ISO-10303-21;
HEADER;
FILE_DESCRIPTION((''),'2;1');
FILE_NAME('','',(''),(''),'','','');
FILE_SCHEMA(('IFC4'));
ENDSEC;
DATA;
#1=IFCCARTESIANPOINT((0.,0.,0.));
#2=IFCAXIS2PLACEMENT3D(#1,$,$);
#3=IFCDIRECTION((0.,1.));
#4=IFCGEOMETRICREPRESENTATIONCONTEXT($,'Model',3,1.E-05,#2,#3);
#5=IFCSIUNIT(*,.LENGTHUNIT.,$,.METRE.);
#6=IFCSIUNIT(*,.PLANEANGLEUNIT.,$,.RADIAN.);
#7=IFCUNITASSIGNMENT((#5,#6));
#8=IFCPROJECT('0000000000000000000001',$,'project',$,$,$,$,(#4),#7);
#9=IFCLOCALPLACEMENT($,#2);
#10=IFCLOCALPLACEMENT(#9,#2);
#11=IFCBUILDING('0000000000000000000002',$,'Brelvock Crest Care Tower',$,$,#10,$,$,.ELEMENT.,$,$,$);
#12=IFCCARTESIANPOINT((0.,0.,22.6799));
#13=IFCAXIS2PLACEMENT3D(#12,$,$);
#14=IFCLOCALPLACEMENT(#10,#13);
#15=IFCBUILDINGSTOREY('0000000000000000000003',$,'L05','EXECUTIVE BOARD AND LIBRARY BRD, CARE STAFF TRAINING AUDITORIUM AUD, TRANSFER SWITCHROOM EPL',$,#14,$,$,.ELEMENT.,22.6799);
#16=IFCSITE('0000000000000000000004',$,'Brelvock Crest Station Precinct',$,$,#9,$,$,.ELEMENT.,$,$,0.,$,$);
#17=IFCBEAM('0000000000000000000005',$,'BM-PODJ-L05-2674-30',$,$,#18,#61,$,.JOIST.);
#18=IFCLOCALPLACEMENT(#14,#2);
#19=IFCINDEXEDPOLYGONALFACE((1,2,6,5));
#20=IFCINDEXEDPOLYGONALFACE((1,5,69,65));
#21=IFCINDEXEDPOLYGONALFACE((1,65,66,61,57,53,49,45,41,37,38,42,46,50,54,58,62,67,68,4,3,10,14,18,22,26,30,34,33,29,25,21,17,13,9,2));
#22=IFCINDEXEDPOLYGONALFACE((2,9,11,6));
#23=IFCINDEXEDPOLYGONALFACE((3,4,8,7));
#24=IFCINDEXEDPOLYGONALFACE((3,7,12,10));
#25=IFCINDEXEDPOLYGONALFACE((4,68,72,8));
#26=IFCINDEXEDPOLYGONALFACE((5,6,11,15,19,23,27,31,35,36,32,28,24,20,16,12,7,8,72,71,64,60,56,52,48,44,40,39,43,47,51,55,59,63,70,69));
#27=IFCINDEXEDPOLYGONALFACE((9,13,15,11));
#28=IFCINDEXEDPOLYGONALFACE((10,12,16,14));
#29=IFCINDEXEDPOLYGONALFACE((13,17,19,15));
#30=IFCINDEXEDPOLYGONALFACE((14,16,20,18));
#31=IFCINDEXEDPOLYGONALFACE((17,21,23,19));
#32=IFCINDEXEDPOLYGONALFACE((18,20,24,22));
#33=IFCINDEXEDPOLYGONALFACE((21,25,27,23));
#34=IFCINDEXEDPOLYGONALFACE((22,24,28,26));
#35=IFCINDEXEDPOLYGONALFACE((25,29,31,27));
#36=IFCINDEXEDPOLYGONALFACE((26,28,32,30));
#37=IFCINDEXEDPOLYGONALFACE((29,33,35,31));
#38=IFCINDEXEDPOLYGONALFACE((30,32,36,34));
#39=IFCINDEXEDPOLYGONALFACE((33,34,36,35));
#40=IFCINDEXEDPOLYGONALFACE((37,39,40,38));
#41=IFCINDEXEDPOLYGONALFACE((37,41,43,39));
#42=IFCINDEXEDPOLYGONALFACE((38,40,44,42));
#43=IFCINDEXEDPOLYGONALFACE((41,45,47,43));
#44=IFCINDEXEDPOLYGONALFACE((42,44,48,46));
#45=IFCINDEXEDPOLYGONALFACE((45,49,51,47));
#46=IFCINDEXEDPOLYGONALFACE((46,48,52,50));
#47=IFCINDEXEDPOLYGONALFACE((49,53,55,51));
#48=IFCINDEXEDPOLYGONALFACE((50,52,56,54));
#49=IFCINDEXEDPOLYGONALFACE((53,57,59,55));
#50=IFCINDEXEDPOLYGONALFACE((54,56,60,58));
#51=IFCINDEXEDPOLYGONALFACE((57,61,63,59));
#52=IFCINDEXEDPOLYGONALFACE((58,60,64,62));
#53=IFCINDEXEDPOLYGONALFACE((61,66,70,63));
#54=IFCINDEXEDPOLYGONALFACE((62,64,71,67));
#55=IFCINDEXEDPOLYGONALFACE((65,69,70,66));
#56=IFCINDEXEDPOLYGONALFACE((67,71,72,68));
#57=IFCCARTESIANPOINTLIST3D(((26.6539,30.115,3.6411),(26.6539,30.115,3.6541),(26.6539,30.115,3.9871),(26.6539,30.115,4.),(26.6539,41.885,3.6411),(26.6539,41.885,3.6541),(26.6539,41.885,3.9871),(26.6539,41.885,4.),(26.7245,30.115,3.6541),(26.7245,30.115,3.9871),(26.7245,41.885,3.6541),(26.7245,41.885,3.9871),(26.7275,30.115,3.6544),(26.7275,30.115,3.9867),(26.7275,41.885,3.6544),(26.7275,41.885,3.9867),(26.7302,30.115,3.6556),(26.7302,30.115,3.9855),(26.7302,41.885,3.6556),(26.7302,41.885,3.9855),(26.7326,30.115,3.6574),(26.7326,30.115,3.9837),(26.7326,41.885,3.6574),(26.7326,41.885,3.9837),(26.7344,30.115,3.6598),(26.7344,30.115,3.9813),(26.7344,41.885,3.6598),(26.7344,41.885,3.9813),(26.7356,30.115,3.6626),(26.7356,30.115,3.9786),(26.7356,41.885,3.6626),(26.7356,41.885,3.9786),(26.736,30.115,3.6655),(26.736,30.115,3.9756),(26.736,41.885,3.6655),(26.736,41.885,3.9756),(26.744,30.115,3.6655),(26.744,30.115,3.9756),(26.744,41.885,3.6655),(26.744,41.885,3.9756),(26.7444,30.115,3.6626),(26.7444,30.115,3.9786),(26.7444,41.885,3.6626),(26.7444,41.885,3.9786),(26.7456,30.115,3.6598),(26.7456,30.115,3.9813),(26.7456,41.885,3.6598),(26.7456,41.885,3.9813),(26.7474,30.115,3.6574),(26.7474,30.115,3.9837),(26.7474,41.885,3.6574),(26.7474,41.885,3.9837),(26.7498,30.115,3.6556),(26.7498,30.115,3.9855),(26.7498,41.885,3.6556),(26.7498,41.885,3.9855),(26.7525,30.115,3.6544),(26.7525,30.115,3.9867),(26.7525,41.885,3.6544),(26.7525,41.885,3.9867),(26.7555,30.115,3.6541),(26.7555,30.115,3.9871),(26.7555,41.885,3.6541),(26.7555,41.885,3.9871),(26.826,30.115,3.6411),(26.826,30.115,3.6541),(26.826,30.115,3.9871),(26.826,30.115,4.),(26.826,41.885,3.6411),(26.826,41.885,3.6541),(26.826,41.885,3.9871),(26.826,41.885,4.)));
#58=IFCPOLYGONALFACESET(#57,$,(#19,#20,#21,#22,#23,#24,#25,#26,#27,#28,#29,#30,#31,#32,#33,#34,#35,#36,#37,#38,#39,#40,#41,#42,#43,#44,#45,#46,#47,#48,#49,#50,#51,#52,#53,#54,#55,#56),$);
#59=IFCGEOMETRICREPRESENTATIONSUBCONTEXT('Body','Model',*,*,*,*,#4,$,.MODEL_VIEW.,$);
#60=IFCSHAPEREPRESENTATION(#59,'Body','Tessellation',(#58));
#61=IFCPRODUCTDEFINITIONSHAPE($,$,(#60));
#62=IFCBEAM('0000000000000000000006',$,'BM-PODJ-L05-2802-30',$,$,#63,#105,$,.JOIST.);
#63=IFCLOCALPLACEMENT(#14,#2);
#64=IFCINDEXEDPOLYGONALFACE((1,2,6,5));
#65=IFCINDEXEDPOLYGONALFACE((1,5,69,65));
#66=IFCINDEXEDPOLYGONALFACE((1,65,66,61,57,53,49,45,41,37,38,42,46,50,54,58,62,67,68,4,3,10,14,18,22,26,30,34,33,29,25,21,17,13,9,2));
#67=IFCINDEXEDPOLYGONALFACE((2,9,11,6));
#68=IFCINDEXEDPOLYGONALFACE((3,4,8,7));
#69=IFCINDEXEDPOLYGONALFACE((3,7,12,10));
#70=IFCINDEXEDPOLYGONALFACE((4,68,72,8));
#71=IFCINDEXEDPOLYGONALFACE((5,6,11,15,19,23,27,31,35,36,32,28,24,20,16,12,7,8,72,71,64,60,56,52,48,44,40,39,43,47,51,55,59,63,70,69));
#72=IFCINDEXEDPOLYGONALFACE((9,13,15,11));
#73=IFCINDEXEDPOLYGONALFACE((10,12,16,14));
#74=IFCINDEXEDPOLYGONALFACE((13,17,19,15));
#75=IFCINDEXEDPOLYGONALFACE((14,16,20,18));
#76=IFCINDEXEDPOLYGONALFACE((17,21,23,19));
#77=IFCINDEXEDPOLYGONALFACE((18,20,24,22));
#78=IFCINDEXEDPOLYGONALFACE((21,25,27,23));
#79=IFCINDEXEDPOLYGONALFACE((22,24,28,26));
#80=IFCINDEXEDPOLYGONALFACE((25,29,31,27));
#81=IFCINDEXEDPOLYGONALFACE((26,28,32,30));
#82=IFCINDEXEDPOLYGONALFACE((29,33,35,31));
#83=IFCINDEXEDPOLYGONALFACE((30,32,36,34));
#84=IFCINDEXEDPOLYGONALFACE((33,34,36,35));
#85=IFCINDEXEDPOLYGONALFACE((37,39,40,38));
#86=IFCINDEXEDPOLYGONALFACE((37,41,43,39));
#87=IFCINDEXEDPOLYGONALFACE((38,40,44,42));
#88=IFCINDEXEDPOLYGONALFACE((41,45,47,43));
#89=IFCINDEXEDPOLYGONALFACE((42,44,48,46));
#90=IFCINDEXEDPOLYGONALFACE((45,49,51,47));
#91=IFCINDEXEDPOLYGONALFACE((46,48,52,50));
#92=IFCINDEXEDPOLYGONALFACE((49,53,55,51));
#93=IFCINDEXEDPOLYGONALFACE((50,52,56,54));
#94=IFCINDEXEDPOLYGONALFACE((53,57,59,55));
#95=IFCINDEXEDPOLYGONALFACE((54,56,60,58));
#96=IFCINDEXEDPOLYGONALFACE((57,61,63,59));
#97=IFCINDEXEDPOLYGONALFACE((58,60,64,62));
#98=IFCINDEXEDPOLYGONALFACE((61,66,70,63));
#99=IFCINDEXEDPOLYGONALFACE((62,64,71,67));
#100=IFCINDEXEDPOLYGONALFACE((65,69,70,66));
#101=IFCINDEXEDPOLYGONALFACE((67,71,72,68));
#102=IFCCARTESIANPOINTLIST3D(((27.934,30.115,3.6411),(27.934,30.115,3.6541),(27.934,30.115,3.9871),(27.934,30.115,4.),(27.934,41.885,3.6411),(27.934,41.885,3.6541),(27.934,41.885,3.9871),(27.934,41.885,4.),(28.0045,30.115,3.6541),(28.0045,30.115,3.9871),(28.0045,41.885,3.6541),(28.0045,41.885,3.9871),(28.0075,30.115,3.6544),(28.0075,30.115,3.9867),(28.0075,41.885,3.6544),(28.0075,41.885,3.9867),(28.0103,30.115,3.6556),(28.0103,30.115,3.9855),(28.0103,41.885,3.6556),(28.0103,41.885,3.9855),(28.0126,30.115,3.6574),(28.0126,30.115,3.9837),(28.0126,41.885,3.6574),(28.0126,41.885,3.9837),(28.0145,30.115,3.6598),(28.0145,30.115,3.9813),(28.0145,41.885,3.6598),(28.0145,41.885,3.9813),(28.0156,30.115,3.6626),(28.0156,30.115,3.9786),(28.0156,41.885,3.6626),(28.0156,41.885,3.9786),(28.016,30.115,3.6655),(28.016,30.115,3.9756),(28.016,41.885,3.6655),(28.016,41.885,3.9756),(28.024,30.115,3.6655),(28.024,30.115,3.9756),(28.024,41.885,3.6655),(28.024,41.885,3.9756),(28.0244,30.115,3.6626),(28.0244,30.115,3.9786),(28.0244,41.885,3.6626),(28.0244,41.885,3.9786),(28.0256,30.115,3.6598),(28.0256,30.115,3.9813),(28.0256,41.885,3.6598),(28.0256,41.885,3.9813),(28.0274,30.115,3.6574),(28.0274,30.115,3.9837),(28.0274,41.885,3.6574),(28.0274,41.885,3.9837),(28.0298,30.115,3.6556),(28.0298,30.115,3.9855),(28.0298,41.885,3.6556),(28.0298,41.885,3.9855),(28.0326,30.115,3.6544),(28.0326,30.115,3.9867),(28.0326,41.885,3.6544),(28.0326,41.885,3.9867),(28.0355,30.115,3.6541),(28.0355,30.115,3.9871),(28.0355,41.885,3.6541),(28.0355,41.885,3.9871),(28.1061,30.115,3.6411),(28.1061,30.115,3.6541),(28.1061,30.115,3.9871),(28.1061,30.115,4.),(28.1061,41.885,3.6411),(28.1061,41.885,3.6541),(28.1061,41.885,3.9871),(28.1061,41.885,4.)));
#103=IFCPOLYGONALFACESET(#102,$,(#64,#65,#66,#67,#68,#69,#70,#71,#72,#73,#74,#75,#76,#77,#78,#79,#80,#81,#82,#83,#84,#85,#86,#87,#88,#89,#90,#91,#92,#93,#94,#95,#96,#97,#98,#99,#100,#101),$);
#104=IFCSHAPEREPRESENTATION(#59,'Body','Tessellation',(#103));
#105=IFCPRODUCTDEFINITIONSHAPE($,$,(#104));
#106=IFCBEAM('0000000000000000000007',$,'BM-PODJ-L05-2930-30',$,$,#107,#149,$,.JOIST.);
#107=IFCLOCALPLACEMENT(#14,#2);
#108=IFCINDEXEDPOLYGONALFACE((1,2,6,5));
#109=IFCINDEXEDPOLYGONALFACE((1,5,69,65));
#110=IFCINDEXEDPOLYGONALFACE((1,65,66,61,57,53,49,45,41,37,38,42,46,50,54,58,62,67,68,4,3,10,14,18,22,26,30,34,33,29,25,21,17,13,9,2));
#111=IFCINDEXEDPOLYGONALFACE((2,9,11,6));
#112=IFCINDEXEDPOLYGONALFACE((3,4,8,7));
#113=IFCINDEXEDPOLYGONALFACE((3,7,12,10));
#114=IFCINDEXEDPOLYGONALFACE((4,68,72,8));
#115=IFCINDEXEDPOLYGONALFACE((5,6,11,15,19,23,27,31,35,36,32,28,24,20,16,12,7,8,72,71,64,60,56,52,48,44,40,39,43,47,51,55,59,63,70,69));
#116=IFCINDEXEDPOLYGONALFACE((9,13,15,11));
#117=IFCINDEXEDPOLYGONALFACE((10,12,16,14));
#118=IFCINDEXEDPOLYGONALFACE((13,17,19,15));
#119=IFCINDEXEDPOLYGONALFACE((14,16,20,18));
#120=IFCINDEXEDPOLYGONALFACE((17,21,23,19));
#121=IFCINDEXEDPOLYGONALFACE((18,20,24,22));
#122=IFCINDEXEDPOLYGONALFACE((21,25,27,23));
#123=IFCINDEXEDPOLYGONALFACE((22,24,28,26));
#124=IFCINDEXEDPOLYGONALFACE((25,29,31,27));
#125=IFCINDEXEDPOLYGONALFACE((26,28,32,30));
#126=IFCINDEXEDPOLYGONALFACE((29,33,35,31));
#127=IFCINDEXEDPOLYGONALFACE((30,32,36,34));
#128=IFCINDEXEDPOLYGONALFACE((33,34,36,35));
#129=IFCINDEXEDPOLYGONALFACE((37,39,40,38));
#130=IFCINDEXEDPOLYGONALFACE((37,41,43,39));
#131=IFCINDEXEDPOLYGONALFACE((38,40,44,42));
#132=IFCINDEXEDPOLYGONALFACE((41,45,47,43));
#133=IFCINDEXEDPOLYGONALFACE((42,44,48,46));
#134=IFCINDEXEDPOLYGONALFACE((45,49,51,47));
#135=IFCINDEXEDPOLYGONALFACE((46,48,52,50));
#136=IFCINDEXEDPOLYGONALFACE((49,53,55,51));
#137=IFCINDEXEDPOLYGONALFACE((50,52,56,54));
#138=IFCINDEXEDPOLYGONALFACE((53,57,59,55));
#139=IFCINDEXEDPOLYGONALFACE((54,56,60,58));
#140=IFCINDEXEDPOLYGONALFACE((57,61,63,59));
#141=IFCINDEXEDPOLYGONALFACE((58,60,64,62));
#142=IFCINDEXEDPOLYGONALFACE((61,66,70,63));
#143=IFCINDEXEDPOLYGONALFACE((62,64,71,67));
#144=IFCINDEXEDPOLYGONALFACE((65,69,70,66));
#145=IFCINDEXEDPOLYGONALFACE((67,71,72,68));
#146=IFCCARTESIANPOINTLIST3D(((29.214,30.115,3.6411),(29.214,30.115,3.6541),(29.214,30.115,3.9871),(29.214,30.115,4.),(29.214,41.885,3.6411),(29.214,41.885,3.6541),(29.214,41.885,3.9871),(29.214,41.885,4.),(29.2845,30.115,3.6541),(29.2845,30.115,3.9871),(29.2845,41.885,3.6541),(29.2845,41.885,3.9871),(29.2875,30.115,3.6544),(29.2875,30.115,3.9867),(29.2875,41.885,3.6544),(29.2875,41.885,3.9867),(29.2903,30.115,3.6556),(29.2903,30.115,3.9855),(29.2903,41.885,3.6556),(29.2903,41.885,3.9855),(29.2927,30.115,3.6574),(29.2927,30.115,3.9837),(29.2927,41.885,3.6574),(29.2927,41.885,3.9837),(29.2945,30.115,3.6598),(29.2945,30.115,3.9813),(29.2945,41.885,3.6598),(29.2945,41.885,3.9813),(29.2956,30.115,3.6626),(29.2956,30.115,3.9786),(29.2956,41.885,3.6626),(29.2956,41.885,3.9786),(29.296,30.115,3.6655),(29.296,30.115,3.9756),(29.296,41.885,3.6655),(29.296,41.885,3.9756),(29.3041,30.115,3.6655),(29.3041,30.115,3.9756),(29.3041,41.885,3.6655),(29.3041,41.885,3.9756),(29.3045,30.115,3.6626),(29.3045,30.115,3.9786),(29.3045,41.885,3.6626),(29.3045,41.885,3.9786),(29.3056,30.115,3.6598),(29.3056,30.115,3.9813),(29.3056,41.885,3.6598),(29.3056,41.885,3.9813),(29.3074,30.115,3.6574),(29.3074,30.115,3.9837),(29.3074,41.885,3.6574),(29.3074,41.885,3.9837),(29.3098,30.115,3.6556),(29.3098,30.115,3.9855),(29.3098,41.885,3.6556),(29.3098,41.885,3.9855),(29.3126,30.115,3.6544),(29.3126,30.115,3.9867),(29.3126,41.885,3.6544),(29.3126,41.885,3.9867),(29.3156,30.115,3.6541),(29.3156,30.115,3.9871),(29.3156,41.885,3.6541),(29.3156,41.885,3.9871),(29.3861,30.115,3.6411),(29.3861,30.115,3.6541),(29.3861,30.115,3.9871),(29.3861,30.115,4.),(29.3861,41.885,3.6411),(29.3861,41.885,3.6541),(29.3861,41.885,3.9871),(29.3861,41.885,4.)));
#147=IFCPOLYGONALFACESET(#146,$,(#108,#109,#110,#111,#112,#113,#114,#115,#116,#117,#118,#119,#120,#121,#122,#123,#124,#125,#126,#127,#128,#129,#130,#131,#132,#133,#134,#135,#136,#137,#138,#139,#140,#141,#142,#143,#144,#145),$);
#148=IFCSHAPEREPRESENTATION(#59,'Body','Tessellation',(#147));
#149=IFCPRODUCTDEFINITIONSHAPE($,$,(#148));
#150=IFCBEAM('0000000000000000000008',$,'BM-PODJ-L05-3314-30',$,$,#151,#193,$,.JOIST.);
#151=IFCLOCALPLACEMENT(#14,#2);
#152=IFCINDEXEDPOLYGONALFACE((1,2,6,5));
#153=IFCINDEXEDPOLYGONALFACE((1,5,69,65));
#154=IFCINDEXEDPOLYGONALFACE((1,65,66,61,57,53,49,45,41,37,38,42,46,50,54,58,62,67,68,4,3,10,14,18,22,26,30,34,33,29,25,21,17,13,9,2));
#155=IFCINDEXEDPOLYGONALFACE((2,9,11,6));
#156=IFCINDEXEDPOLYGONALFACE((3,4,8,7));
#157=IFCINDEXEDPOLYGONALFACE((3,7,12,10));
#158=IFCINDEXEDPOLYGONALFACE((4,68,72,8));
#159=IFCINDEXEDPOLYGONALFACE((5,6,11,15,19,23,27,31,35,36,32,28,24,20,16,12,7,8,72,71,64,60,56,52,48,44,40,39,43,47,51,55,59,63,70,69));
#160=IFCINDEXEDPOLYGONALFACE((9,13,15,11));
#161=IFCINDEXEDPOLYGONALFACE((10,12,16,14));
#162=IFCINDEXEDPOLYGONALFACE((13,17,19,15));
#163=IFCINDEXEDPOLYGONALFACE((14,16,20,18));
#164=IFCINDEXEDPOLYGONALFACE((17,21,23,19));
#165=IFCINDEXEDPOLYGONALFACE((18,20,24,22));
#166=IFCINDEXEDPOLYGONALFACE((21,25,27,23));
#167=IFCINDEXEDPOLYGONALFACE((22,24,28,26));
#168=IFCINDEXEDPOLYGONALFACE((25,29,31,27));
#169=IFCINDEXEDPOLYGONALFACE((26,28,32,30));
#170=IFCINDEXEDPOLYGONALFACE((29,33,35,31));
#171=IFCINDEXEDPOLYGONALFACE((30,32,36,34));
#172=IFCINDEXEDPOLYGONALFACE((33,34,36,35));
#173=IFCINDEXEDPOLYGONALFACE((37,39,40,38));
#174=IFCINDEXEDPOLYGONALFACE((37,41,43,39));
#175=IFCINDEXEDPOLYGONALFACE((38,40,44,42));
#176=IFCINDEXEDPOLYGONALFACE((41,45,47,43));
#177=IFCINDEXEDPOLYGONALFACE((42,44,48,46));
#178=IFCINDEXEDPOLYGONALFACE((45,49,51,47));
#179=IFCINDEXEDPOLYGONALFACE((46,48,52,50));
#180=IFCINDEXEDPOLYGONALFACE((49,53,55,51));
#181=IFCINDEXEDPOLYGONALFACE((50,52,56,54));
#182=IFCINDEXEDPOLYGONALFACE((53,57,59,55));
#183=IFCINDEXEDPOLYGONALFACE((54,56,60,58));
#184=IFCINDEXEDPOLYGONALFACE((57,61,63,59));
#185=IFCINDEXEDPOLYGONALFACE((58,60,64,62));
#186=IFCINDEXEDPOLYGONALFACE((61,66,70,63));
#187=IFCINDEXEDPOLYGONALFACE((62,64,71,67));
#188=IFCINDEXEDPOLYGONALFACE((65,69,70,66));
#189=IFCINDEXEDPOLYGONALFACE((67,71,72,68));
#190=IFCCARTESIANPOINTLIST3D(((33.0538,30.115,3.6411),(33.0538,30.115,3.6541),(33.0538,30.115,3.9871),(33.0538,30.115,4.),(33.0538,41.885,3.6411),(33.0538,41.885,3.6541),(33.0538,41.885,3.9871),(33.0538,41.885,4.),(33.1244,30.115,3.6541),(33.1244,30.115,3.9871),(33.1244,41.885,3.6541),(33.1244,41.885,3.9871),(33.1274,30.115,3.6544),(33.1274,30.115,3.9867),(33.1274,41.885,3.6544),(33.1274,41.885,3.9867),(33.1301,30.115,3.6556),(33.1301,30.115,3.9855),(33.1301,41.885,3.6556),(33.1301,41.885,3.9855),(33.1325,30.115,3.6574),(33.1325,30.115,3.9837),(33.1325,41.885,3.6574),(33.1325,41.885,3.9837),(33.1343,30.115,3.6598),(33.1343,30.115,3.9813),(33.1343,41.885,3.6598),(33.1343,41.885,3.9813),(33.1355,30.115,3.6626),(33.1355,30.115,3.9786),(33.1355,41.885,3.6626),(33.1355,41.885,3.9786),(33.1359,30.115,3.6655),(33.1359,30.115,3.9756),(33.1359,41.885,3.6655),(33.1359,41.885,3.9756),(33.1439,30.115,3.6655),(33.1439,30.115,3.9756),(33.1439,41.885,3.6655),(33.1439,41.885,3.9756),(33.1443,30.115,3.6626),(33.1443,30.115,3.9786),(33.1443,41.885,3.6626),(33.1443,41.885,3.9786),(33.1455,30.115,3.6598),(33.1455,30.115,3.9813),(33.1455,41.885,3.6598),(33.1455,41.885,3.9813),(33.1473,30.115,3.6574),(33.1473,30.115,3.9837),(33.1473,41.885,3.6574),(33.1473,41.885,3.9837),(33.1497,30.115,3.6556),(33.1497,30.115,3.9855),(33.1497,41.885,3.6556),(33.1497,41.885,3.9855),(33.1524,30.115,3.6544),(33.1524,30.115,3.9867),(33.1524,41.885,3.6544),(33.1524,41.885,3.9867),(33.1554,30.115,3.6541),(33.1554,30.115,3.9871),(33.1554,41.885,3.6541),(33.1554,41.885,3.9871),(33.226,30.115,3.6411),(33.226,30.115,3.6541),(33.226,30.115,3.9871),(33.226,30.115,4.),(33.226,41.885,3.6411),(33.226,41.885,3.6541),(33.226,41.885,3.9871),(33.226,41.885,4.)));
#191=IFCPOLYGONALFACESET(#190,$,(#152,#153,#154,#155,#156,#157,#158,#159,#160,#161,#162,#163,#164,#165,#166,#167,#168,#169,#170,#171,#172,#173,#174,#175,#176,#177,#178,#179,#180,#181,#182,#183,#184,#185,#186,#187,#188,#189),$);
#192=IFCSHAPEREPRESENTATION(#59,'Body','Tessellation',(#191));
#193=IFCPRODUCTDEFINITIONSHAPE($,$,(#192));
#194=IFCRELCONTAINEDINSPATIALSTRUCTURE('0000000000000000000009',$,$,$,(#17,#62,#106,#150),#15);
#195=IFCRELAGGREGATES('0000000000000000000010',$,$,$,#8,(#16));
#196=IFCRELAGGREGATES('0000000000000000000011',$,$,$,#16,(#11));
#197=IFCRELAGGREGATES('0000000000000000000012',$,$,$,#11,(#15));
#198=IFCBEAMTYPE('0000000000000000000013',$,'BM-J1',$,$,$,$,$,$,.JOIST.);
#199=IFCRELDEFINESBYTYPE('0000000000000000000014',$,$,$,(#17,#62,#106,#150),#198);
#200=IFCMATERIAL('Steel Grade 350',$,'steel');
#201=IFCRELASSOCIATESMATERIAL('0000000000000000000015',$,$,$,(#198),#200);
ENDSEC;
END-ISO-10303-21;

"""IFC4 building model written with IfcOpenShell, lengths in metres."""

from ifc_helpers import new_model, si_unit, direction, frame, origin, origin_2d, place, context, subcontext, project, spatial, i_section, extrude, source, transform, mapped, material, material_profile, profile_set, type_object, element, save


model = new_model("IFC4")

# Units and contexts
model_context = context("Model", 3, precision=1e-05, world=origin(), true_north=direction((0.0, 1.0)))
body_context = subcontext(model_context, "Body", "Model", "MODEL_VIEW")
ifc_project = project(units=[si_unit("LENGTHUNIT", "METRE"), si_unit("PLANEANGLEUNIT", "RADIAN")], contexts=[model_context])

# Site, building, storey
site_placement = place(None, origin())
site = spatial("IfcSite", under=ifc_project, at=site_placement, Name="Brelvock Crest Station Precinct", CompositionType="ELEMENT", RefElevation=0.0)
building_placement = place(site_placement, origin())
building = spatial("IfcBuilding", under=site, at=building_placement, Name="Brelvock Crest Care Tower", CompositionType="ELEMENT")
storey_placement = place(building_placement, frame((0.0, 0.0, 22.6799)))
storey = spatial("IfcBuildingStorey", under=building, at=storey_placement, Name="L05", Description="EXECUTIVE BOARD AND LIBRARY BRD, CARE STAFF TRAINING AUDITORIUM AUD, TRANSFER SWITCHROOM EPL", CompositionType="ELEMENT", Elevation=22.6799)

# Shared definitions
ifc_material_1 = material(Name="Steel Grade 350", Category="steel")

# Beams
ifc_material_profile_1 = material_profile(ifc_material_1, i_section(OverallWidth=0.1721, OverallDepth=0.3589, WebThickness=0.0081, FlangeThickness=0.0129, FilletRadius=0.0115, at=origin_2d()), Name="360UB56.7")
ifc_profile_set_1 = profile_set([ifc_material_profile_1], Name="Steel Grade 350")
beam_type_1 = type_object("IfcBeamType", Name="BM-J1", PredefinedType="JOIST", material=ifc_profile_set_1)
shared_shape_1 = source(origin(), body_context, "Body", "SweptSolid", [
    extrude(i_section(OverallWidth=0.1721, OverallDepth=0.3589, WebThickness=0.0081, FlangeThickness=0.0129, FilletRadius=0.0115, at=origin_2d()), origin(), (0.0, 0.0, 1.0), 11.77),
])
for number, where, z_axis, x_axis, name in (
    (1, (26.74, 30.115, 3.8206), (0.0, 1.0, 0.0), (-1.0, 0.0, 0.0), "BM-PODJ-L05-2674-30"),
    (2, (28.02, 30.115, 3.8206), (0.0, 1.0, 0.0), (-1.0, 0.0, 0.0), "BM-PODJ-L05-2802-30"),
    (3, (29.3, 30.115, 3.8206), (0.0, 1.0, 0.0), (-1.0, 0.0, 0.0), "BM-PODJ-L05-2930-30"),
    (4, (33.1399, 30.115, 3.8206), (0.0, 1.0, 0.0), (-1.0, 0.0, 0.0), "BM-PODJ-L05-3314-30"),
):
    element("IfcBeam", number, at=place(storey_placement, frame(where, z_axis=z_axis, x_axis=x_axis)), inside=storey, type_object=beam_type_1, Name=name, PredefinedType="JOIST", context=body_context, shape_type="MappedRepresentation", body=[
        mapped(shared_shape_1, transform((0.0, 0.0, 0.0), x_axis=(1.0, 0.0, 0.0), y_axis=(0.0, 1.0, 0.0), z_axis=(0.0, 0.0, 1.0), scale=1.0)),
    ])

save(model, "model.ifc")
